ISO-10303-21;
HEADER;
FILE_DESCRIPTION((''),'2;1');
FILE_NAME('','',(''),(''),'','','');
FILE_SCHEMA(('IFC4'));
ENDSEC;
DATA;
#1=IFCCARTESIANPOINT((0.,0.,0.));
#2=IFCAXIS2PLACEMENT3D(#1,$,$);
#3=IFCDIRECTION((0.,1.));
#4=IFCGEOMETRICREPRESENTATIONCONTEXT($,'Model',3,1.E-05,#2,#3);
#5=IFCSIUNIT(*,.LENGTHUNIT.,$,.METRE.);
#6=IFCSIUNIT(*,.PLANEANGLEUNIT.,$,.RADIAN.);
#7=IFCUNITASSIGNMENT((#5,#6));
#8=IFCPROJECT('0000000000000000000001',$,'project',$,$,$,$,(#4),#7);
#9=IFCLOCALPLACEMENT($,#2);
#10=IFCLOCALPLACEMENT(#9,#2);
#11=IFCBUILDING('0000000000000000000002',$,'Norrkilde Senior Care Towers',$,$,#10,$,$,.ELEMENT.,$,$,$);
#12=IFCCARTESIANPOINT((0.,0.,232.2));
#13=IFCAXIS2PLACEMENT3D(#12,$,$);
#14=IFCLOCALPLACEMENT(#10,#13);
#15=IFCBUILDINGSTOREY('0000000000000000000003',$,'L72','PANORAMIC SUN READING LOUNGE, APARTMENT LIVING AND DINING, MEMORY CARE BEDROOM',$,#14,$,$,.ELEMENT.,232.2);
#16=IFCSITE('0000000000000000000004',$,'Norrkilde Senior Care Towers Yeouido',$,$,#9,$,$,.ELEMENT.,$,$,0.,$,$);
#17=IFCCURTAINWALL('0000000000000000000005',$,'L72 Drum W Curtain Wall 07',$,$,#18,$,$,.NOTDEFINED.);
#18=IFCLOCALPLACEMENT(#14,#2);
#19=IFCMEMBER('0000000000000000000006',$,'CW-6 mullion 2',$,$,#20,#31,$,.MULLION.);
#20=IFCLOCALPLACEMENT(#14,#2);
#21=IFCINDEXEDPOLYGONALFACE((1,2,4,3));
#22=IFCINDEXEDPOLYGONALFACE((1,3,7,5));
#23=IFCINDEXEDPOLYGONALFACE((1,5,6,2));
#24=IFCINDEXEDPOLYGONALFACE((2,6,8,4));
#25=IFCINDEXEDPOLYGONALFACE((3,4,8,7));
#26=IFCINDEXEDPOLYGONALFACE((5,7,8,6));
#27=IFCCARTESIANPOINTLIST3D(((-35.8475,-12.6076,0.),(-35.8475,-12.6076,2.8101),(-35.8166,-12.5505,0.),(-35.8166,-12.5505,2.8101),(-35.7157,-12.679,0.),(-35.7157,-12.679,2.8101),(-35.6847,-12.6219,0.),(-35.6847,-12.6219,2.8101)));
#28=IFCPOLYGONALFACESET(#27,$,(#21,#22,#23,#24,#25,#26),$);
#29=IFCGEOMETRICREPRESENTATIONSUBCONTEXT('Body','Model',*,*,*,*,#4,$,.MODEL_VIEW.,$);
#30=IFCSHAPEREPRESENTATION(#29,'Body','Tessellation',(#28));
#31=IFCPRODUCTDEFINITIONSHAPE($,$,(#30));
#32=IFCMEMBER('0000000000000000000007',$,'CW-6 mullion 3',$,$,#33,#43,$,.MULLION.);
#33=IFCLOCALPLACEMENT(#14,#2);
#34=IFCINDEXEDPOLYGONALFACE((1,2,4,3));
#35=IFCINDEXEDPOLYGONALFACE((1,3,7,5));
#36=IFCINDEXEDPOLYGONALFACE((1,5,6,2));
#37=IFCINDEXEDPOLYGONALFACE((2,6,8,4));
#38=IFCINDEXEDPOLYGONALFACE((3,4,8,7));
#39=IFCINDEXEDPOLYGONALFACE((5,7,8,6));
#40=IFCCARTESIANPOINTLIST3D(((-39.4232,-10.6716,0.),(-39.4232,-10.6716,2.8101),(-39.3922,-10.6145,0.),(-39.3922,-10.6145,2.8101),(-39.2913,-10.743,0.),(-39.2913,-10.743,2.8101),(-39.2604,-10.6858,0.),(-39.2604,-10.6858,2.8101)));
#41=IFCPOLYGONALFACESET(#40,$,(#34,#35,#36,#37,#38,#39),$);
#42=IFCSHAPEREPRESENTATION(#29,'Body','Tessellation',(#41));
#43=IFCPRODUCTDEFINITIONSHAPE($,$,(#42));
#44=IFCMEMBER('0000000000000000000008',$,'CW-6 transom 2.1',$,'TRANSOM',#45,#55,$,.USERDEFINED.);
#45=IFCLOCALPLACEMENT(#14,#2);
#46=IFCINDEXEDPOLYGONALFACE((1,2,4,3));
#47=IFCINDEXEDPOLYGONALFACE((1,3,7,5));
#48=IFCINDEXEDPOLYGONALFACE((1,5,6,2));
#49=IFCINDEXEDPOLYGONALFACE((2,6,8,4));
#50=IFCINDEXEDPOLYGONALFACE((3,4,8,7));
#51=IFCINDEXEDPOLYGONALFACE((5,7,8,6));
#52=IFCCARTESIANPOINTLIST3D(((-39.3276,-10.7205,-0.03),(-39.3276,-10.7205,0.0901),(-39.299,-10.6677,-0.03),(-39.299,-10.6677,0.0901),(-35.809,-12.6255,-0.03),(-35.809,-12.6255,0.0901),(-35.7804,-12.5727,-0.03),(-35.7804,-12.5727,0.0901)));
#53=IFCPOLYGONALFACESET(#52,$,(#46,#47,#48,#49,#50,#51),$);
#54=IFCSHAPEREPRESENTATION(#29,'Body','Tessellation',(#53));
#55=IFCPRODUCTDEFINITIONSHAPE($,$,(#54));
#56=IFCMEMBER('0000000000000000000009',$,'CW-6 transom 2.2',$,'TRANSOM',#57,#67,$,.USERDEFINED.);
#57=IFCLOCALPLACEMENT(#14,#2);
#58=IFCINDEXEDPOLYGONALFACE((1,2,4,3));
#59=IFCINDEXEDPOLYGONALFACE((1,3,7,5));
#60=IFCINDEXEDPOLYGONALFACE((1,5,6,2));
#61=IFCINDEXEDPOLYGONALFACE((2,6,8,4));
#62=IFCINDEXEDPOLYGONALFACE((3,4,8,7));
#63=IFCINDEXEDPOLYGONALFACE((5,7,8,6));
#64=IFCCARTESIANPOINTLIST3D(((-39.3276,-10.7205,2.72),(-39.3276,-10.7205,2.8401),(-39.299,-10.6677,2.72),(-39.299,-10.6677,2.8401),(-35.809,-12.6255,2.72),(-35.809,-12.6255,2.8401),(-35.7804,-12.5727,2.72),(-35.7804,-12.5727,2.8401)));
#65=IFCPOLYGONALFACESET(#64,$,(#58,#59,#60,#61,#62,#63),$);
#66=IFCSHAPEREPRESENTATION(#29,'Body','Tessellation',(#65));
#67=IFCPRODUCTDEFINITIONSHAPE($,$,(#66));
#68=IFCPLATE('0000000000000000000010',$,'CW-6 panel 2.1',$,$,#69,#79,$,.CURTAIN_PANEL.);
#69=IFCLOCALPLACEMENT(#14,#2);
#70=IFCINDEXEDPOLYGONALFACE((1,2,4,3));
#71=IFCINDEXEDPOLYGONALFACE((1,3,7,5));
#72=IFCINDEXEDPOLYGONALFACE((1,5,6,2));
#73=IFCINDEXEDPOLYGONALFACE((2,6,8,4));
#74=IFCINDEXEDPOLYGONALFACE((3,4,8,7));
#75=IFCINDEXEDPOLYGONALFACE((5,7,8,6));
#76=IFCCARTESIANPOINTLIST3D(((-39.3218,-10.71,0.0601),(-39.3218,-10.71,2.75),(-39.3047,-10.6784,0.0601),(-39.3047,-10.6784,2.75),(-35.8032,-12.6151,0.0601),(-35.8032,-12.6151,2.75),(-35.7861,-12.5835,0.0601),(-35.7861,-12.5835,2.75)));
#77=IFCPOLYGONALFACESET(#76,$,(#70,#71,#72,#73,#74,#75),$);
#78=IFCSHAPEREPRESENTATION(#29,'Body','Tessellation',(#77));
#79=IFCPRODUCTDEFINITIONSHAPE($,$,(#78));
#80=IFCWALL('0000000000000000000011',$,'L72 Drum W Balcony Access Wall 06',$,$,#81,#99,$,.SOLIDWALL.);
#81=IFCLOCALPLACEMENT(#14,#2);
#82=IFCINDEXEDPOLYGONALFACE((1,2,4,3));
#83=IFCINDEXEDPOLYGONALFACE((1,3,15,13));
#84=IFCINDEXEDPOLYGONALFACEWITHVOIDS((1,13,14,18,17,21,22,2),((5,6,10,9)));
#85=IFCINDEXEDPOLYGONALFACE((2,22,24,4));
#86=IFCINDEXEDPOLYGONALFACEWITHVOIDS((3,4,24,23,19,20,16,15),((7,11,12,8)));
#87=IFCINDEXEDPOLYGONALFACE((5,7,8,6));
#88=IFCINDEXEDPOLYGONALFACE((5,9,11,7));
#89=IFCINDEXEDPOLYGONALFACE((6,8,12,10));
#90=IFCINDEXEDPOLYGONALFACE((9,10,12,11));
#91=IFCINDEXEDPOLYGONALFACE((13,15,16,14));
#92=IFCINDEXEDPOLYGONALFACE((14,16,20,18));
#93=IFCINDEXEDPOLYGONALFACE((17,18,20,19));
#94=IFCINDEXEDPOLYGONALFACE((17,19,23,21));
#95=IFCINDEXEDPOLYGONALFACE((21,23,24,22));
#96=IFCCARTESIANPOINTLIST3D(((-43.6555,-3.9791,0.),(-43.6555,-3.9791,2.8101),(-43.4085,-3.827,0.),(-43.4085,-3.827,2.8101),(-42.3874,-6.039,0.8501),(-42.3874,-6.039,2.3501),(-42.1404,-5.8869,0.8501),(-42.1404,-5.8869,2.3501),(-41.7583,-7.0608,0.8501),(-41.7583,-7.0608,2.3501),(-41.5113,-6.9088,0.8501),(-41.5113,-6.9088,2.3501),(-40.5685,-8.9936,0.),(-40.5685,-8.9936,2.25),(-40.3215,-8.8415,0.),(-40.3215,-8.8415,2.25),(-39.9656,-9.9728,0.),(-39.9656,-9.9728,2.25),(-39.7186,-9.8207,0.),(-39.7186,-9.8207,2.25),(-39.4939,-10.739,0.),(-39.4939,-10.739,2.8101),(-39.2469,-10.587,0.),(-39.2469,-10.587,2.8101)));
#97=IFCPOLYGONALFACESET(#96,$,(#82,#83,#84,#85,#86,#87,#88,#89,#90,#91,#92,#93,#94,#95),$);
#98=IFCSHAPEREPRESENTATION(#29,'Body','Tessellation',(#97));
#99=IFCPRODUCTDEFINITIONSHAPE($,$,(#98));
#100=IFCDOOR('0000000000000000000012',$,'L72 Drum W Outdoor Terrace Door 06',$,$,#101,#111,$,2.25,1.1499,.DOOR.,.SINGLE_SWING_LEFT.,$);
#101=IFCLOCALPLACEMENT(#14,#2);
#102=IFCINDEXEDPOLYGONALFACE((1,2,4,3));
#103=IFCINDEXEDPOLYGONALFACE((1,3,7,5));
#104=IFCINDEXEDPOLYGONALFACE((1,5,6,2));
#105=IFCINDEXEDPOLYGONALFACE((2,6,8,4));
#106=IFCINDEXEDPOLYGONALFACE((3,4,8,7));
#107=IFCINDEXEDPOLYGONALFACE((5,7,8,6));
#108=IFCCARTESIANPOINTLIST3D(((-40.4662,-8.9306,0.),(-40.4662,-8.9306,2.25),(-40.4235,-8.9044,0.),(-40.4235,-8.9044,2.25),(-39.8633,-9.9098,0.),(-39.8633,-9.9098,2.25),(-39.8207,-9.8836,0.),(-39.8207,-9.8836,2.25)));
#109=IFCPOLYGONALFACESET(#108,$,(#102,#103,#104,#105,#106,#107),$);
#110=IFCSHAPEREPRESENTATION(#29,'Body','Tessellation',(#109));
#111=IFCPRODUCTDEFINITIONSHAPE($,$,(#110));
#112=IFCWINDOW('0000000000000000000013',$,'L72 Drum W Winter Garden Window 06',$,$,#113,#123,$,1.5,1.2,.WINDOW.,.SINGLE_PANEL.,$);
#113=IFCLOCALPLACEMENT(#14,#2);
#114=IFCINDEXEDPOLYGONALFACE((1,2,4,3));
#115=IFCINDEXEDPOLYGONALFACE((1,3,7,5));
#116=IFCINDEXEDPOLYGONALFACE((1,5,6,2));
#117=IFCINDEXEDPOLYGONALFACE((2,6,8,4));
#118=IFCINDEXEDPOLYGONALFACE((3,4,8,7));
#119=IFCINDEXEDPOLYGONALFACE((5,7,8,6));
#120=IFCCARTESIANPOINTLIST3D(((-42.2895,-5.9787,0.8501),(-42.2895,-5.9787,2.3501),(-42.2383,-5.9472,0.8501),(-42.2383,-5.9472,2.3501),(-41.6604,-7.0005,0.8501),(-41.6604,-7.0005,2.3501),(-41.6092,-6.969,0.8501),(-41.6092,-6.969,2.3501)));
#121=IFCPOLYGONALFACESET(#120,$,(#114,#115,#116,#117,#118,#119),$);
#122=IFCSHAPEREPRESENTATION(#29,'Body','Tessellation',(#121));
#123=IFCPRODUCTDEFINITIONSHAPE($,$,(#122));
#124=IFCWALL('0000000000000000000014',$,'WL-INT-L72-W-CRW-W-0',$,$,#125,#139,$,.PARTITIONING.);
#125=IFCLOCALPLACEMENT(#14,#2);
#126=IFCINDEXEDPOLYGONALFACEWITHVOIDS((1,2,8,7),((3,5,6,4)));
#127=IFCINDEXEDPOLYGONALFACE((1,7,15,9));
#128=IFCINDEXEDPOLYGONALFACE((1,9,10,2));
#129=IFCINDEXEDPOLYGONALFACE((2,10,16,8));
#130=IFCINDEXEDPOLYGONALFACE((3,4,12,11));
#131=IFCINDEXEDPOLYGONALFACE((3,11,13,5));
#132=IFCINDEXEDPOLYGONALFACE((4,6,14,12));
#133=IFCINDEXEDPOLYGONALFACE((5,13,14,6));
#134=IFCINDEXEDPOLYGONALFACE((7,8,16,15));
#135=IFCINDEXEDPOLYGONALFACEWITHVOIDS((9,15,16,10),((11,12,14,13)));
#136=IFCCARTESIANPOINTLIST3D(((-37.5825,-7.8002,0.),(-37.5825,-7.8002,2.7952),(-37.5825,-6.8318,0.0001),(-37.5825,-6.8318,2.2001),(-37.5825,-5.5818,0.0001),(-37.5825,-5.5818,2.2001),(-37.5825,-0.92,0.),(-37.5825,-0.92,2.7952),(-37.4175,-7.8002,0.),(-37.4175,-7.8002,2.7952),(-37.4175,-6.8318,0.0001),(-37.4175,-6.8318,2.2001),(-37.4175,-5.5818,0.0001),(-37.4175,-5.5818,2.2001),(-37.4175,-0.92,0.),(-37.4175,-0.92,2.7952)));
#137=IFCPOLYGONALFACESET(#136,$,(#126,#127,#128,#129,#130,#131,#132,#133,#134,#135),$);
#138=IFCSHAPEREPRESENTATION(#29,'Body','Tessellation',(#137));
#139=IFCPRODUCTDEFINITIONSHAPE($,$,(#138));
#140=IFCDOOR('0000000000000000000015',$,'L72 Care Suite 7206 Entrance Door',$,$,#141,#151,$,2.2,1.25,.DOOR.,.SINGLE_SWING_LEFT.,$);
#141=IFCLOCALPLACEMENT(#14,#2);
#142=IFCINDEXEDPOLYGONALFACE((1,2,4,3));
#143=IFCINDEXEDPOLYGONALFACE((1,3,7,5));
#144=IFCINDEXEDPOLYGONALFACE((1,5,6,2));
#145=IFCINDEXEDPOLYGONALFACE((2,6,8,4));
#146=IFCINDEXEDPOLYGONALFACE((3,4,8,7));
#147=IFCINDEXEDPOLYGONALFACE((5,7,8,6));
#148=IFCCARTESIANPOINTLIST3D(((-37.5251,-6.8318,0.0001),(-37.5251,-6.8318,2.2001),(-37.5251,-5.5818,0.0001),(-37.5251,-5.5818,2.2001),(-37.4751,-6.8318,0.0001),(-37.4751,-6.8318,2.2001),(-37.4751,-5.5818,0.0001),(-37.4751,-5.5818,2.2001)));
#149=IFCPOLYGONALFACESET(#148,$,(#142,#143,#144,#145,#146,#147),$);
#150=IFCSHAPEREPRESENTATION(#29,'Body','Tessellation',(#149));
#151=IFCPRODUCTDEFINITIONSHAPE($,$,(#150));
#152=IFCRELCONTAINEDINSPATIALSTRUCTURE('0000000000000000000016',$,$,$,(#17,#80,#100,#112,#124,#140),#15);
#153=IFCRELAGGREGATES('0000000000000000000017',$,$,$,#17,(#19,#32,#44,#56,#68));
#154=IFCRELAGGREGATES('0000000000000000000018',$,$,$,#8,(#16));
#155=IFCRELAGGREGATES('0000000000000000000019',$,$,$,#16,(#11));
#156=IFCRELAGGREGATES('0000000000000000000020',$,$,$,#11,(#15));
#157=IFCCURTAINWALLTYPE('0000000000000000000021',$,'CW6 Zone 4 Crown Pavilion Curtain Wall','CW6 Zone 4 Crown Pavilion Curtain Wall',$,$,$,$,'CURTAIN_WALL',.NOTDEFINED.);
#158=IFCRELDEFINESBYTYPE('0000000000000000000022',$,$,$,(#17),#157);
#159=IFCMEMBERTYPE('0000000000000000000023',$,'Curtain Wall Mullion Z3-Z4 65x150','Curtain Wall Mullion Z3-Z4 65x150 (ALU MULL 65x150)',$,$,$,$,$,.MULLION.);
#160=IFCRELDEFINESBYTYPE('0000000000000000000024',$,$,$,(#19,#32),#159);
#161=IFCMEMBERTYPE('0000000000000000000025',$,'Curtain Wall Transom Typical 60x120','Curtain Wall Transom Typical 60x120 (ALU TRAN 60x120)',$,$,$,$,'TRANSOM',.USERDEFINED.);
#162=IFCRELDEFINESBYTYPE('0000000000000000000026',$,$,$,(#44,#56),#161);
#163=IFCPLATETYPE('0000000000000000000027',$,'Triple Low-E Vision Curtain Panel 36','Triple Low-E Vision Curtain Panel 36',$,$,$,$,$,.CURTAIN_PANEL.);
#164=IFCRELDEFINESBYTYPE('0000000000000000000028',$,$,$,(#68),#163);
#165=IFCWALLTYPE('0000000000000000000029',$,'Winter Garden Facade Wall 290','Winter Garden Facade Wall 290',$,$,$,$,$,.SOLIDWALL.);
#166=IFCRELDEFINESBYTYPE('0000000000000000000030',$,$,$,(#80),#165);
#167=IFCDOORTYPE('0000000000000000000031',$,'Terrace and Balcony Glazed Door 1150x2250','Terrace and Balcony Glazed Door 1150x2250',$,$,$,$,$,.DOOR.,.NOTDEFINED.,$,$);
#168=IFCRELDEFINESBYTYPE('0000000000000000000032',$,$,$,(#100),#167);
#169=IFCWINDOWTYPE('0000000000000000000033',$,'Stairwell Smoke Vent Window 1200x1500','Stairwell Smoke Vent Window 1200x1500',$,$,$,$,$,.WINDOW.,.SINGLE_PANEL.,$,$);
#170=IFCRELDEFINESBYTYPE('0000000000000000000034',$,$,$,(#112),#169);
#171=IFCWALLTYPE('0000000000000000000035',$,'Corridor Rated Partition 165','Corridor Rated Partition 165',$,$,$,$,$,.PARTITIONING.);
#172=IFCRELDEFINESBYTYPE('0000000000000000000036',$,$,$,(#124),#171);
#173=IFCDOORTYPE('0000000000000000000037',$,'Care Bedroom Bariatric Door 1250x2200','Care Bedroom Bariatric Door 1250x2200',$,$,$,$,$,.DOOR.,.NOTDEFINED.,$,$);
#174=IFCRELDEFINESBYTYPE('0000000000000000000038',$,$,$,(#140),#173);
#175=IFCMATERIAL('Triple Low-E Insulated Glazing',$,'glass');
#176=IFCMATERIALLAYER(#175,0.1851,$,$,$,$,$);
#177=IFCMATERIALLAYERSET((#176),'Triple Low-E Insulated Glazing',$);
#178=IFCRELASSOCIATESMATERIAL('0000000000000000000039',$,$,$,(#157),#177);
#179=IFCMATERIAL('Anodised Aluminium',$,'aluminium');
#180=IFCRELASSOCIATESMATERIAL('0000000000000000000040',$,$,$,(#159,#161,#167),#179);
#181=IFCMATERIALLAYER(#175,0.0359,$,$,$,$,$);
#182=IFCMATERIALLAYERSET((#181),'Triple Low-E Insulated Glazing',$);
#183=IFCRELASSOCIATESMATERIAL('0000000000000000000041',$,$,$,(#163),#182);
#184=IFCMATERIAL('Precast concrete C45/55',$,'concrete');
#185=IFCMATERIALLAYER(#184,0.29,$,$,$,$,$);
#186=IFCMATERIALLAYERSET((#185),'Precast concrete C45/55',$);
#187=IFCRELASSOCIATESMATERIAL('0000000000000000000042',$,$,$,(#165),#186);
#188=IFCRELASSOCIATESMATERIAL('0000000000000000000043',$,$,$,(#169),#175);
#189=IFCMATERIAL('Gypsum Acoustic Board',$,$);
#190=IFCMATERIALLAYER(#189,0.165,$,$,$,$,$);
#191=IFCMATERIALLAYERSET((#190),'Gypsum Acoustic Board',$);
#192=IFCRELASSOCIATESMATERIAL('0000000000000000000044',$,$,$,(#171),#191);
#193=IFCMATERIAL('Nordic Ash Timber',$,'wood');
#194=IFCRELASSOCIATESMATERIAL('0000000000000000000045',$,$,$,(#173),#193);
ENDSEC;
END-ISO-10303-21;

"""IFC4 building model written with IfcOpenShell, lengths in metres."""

from ifc_helpers import new_model, si_unit, direction, frame, frame_2d, origin, origin_2d, place, context, subcontext, project, spatial, rectangle, extrude, source, transform, mapped, material, layer, layer_set, material_profile, profile_set, type_object, type_shapes, element, fill, aggregate, save


model = new_model("IFC4")

# Units and contexts
model_context = context("Model", 3, precision=1e-05, world=origin(), true_north=direction((0.0, 1.0)))
body_context = subcontext(model_context, "Body", "Model", "MODEL_VIEW")
ifc_project = project(units=[si_unit("LENGTHUNIT", "METRE"), si_unit("PLANEANGLEUNIT", "RADIAN")], contexts=[model_context])

# Site, building, storey
site_placement = place(None, origin())
site = spatial("IfcSite", under=ifc_project, at=site_placement, Name="Norrkilde Senior Care Towers Yeouido", CompositionType="ELEMENT", RefElevation=0.0)
building_placement = place(site_placement, origin())
building = spatial("IfcBuilding", under=site, at=building_placement, Name="Norrkilde Senior Care Towers", CompositionType="ELEMENT")
storey_placement = place(building_placement, frame((0.0, 0.0, 232.2)))
storey = spatial("IfcBuildingStorey", under=building, at=storey_placement, Name="L72", Description="PANORAMIC SUN READING LOUNGE, APARTMENT LIVING AND DINING, MEMORY CARE BEDROOM", CompositionType="ELEMENT", Elevation=232.2)

# Curtain wall, members, plate
ifc_material_1 = material(Name="Triple Low-E Insulated Glazing", Category="glass")
ifc_layer_1 = layer(ifc_material_1, 0.1851)
ifc_layer_set_1 = layer_set([ifc_layer_1], Name="Triple Low-E Insulated Glazing")
curtain_wall_type = type_object("IfcCurtainWallType", Name="CW6 Zone 4 Crown Pavilion Curtain Wall", Description="CW6 Zone 4 Crown Pavilion Curtain Wall", ElementType="CURTAIN_WALL", PredefinedType="NOTDEFINED", material=ifc_layer_set_1)
curtain_wall_placement = place(storey_placement, origin())
curtain_wall = element("IfcCurtainWall", 1, at=curtain_wall_placement, inside=storey, type_object=curtain_wall_type, Name="L72 Drum W Curtain Wall 07", PredefinedType="NOTDEFINED")
ifc_material_2 = material(Name="Anodised Aluminium", Category="aluminium")
ifc_material_profile_1 = material_profile(ifc_material_2, rectangle(XDim=0.0649, YDim=0.1499, at=origin_2d()), Name="ALU MULL 65x150")
ifc_profile_set_1 = profile_set([ifc_material_profile_1], Name="Anodised Aluminium")
member_type_1 = type_object("IfcMemberType", Name="Curtain Wall Mullion Z3-Z4 65x150", Description="Curtain Wall Mullion Z3-Z4 65x150 (ALU MULL 65x150)", PredefinedType="MULLION", material=ifc_profile_set_1)
shared_shape_1 = source(origin(), body_context, "Body", "SweptSolid", [
    extrude(rectangle(XDim=0.0649, YDim=0.1499, at=origin_2d()), origin(), (0.0, 0.0, 1.0), 2.8101),
])
type_shapes(member_type_1, [shared_shape_1])
member_1_placement = place(storey_placement, frame((-35.7661, -12.6147, 0.0), z_axis=(0.0, 0.0, 1.0), x_axis=(-0.476133, -0.879373, 0.0)))
member_1 = element("IfcMember", 2, at=member_1_placement, type_object=member_type_1, Name="CW-6 mullion 2", PredefinedType="MULLION", context=body_context, shape_type="MappedRepresentation", body=[
    mapped(shared_shape_1, transform((0.0, 0.0, 0.0), x_axis=(1.0, 0.0, 0.0), y_axis=(0.0, 1.0, 0.0), z_axis=(0.0, 0.0, 1.0), scale=1.0)),
])
member_2_placement = place(storey_placement, frame((-39.3418, -10.6787, 0.0), z_axis=(0.0, 0.0, 1.0), x_axis=(-0.476133, -0.879373, 0.0)))
member_2 = element("IfcMember", 3, at=member_2_placement, type_object=member_type_1, Name="CW-6 mullion 3", PredefinedType="MULLION", context=body_context, shape_type="MappedRepresentation", body=[
    mapped(shared_shape_1, transform((0.0, 0.0, 0.0), x_axis=(1.0, 0.0, 0.0), y_axis=(0.0, 1.0, 0.0), z_axis=(0.0, 0.0, 1.0), scale=1.0)),
])
ifc_material_profile_2 = material_profile(ifc_material_2, rectangle(XDim=0.0601, YDim=0.1201, at=origin_2d()), Name="ALU TRAN 60x120")
ifc_profile_set_2 = profile_set([ifc_material_profile_2], Name="Anodised Aluminium")
member_type_2 = type_object("IfcMemberType", Name="Curtain Wall Transom Typical 60x120", Description="Curtain Wall Transom Typical 60x120 (ALU TRAN 60x120)", ElementType="TRANSOM", PredefinedType="USERDEFINED", material=ifc_profile_set_2)
shared_shape_2 = source(origin(), body_context, "Body", "SweptSolid", [
    extrude(rectangle(XDim=0.0601, YDim=0.1201, at=origin_2d()), origin(), (0.0, 0.0, 1.0), 4.0012),
])
type_shapes(member_type_2, [shared_shape_2])
member_3_placement = place(storey_placement, frame((-35.7947, -12.5991, 0.03), z_axis=(-0.879381, 0.476118, 0.0), x_axis=(-0.476118, -0.879381, 0.0)))
member_3 = element("IfcMember", 4, at=member_3_placement, type_object=member_type_2, Name="CW-6 transom 2.1", ObjectType="TRANSOM", PredefinedType="USERDEFINED", context=body_context, shape_type="MappedRepresentation", body=[
    mapped(shared_shape_2, transform((0.0, 0.0, 0.0), x_axis=(1.0, 0.0, 0.0), y_axis=(0.0, 1.0, 0.0), z_axis=(0.0, 0.0, 1.0), scale=1.0)),
])
member_4_placement = place(storey_placement, frame((-35.7947, -12.5991, 2.78), z_axis=(-0.879381, 0.476118, 0.0), x_axis=(-0.476118, -0.879381, 0.0)))
member_4 = element("IfcMember", 5, at=member_4_placement, type_object=member_type_2, Name="CW-6 transom 2.2", ObjectType="TRANSOM", PredefinedType="USERDEFINED", context=body_context, shape_type="MappedRepresentation", body=[
    mapped(shared_shape_2, transform((0.0, 0.0, 0.0), x_axis=(1.0, 0.0, 0.0), y_axis=(0.0, 1.0, 0.0), z_axis=(0.0, 0.0, 1.0), scale=1.0)),
])
ifc_layer_2 = layer(ifc_material_1, 0.0359)
ifc_layer_set_2 = layer_set([ifc_layer_2], Name="Triple Low-E Insulated Glazing")
plate_type = type_object("IfcPlateType", Name="Triple Low-E Vision Curtain Panel 36", Description="Triple Low-E Vision Curtain Panel 36", PredefinedType="CURTAIN_PANEL", material=ifc_layer_set_2)
shared_shape_3 = source(origin(), body_context, "Body", "SweptSolid", [
    extrude(rectangle(XDim=4.0012, YDim=0.0359, at=origin_2d()), origin(), (0.0, 0.0, 1.0), 2.6899),
])
type_shapes(plate_type, [shared_shape_3])
plate_placement = place(storey_placement, frame((-37.554, -11.6467, 0.0601), z_axis=(0.0, 0.0, 1.0), x_axis=(-0.879373, 0.476133, 0.0)))
plate = element("IfcPlate", 6, at=plate_placement, type_object=plate_type, Name="CW-6 panel 2.1", PredefinedType="CURTAIN_PANEL", context=body_context, shape_type="MappedRepresentation", body=[
    mapped(shared_shape_3, transform((0.0, 0.0, 0.0), x_axis=(1.0, 0.0, 0.0), y_axis=(0.0, 1.0, 0.0), z_axis=(0.0, 0.0, 1.0), scale=1.0)),
])
aggregate(curtain_wall, [member_1, member_2, member_3, member_4, plate])

# Wall, openings, door, window
ifc_material_3 = material(Name="Precast concrete C45/55", Category="concrete")
ifc_layer_3 = layer(ifc_material_3, 0.29)
ifc_layer_set_3 = layer_set([ifc_layer_3], Name="Precast concrete C45/55")
wall_type_1 = type_object("IfcWallType", Name="Winter Garden Facade Wall 290", Description="Winter Garden Facade Wall 290", PredefinedType="SOLIDWALL", material=ifc_layer_set_3)
shared_shape_4 = source(origin(), body_context, "Body", "SweptSolid", [
    extrude(rectangle(XDim=7.9382, YDim=0.29, at=frame_2d((3.9692, 0.0))), origin(), (0.0, 0.0, 1.0), 2.8101),
])
type_shapes(wall_type_1, [shared_shape_4])
wall_1_placement = place(storey_placement, frame((-39.3704, -10.6631, 0.0), z_axis=(0.0, 0.0, 1.0), x_axis=(-0.524245, 0.851567, 0.0)))
wall_1 = element("IfcWall", 7, at=wall_1_placement, inside=storey, type_object=wall_type_1, Name="L72 Drum W Balcony Access Wall 06", PredefinedType="SOLIDWALL", context=body_context, shape_type="MappedRepresentation", body=[
    mapped(shared_shape_4, transform((0.0, 0.0, 0.0), x_axis=(1.0, 0.0, 0.0), y_axis=(0.0, 1.0, 0.0), z_axis=(0.0, 0.0, 1.0), scale=1.0)),
])
opening_1_placement = place(wall_1_placement, frame((0.8999, 0.0, 0.0)))
opening_1 = element("IfcOpeningElement", 8, at=opening_1_placement, cuts=wall_1, PredefinedType="OPENING", context=body_context, shape_type="SweptSolid", body=[
    extrude(rectangle(XDim=1.1499, YDim=2.25, at=frame_2d((0.575, 1.125))), frame((0.0, 0.155, 0.0), z_axis=(0.0, -1.0, 0.0), x_axis=(1.0, 0.0, 0.0)), (0.0, 0.0, 1.0), 0.3101),
])
opening_2_placement = place(wall_1_placement, frame((4.3193, 0.0, 0.8501)))
opening_2 = element("IfcOpeningElement", 9, at=opening_2_placement, cuts=wall_1, PredefinedType="OPENING", context=body_context, shape_type="SweptSolid", body=[
    extrude(rectangle(XDim=1.2, YDim=1.5, at=frame_2d((0.6001, 0.75))), frame((0.0, 0.155, 0.0), z_axis=(0.0, -1.0, 0.0), x_axis=(1.0, 0.0, 0.0)), (0.0, 0.0, 1.0), 0.3101),
])
door_type_1 = type_object("IfcDoorType", Name="Terrace and Balcony Glazed Door 1150x2250", Description="Terrace and Balcony Glazed Door 1150x2250", OperationType="NOTDEFINED", PredefinedType="DOOR", material=ifc_material_2)
shared_shape_5 = source(origin(), body_context, "Body", "SweptSolid", [
    extrude(rectangle(XDim=1.1499, YDim=2.25, at=frame_2d((0.575, 1.125))), frame((0.0, 0.0249, 0.0), z_axis=(0.0, -1.0, 0.0), x_axis=(1.0, 0.0, 0.0)), (0.0, 0.0, 1.0), 0.05),
])
type_shapes(door_type_1, [shared_shape_5])
door_1_placement = place(opening_1_placement, origin())
door_1 = element("IfcDoor", 10, at=door_1_placement, inside=storey, type_object=door_type_1, Name="L72 Drum W Outdoor Terrace Door 06", OperationType="SINGLE_SWING_LEFT", OverallHeight=2.25, OverallWidth=1.1499, PredefinedType="DOOR", context=body_context, shape_type="MappedRepresentation", body=[
    mapped(shared_shape_5, transform((0.0, 0.0, 0.0), x_axis=(1.0, 0.0, 0.0), y_axis=(0.0, 1.0, 0.0), z_axis=(0.0, 0.0, 1.0), scale=1.0)),
])
fill(opening_1, door_1)
window_type = type_object("IfcWindowType", Name="Stairwell Smoke Vent Window 1200x1500", Description="Stairwell Smoke Vent Window 1200x1500", PartitioningType="SINGLE_PANEL", PredefinedType="WINDOW", material=ifc_material_1)
shared_shape_6 = source(origin(), body_context, "Body", "SweptSolid", [
    extrude(rectangle(XDim=1.2, YDim=1.5, at=frame_2d((0.6001, 0.75))), frame((0.0, 0.03, 0.0), z_axis=(0.0, -1.0, 0.0), x_axis=(1.0, 0.0, 0.0)), (0.0, 0.0, 1.0), 0.0601),
])
type_shapes(window_type, [shared_shape_6])
window_placement = place(opening_2_placement, origin())
window = element("IfcWindow", 11, at=window_placement, inside=storey, type_object=window_type, Name="L72 Drum W Winter Garden Window 06", OverallHeight=1.5, OverallWidth=1.2, PartitioningType="SINGLE_PANEL", PredefinedType="WINDOW", context=body_context, shape_type="MappedRepresentation", body=[
    mapped(shared_shape_6, transform((0.0, 0.0, 0.0), x_axis=(1.0, 0.0, 0.0), y_axis=(0.0, 1.0, 0.0), z_axis=(0.0, 0.0, 1.0), scale=1.0)),
])
fill(opening_2, window)

# Wall, opening, door
ifc_material_4 = material(Name="Gypsum Acoustic Board")
ifc_layer_4 = layer(ifc_material_4, 0.165)
ifc_layer_set_4 = layer_set([ifc_layer_4], Name="Gypsum Acoustic Board")
wall_type_2 = type_object("IfcWallType", Name="Corridor Rated Partition 165", Description="Corridor Rated Partition 165", PredefinedType="PARTITIONING", material=ifc_layer_set_4)
shared_shape_7 = source(origin(), body_context, "Body", "SweptSolid", [
    extrude(rectangle(XDim=6.8801, YDim=0.165, at=frame_2d((3.4399, 0.0))), origin(), (0.0, 0.0, 1.0), 2.7952),
])
type_shapes(wall_type_2, [shared_shape_7])
wall_2_placement = place(storey_placement, frame((-37.5, -7.8, 0.0), z_axis=(0.0, 0.0, 1.0), x_axis=(0.0, 1.0, 0.0)))
wall_2 = element("IfcWall", 12, at=wall_2_placement, inside=storey, type_object=wall_type_2, Name="WL-INT-L72-W-CRW-W-0", PredefinedType="PARTITIONING", context=body_context, shape_type="MappedRepresentation", body=[
    mapped(shared_shape_7, transform((0.0, 0.0, 0.0), x_axis=(1.0, 0.0, 0.0), y_axis=(0.0, 1.0, 0.0), z_axis=(0.0, 0.0, 1.0), scale=1.0)),
])
opening_3_placement = place(wall_2_placement, frame((0.9683, 0.0, 0.0)))
opening_3 = element("IfcOpeningElement", 13, at=opening_3_placement, cuts=wall_2, PredefinedType="OPENING", context=body_context, shape_type="SweptSolid", body=[
    extrude(rectangle(XDim=1.25, YDim=2.2, at=frame_2d((0.625, 1.1001))), frame((0.0, 0.0925, 0.0), z_axis=(0.0, -1.0, 0.0), x_axis=(1.0, 0.0, 0.0)), (0.0, 0.0, 1.0), 0.1851),
])
ifc_material_5 = material(Name="Nordic Ash Timber", Category="wood")
door_type_2 = type_object("IfcDoorType", Name="Care Bedroom Bariatric Door 1250x2200", Description="Care Bedroom Bariatric Door 1250x2200", OperationType="NOTDEFINED", PredefinedType="DOOR", material=ifc_material_5)
shared_shape_8 = source(origin(), body_context, "Body", "SweptSolid", [
    extrude(rectangle(XDim=1.25, YDim=2.2, at=frame_2d((0.625, 1.1001))), frame((0.0, 0.0249, 0.0), z_axis=(0.0, -1.0, 0.0), x_axis=(1.0, 0.0, 0.0)), (0.0, 0.0, 1.0), 0.05),
])
type_shapes(door_type_2, [shared_shape_8])
door_2_placement = place(opening_3_placement, frame((1.25, 0.0, 0.0), z_axis=(0.0, 0.0, 1.0), x_axis=(-1.0, 0.0, 0.0)))
door_2 = element("IfcDoor", 14, at=door_2_placement, inside=storey, type_object=door_type_2, Name="L72 Care Suite 7206 Entrance Door", OperationType="SINGLE_SWING_LEFT", OverallHeight=2.2, OverallWidth=1.25, PredefinedType="DOOR", context=body_context, shape_type="MappedRepresentation", body=[
    mapped(shared_shape_8, transform((0.0, 0.0, 0.0), x_axis=(1.0, 0.0, 0.0), y_axis=(0.0, 1.0, 0.0), z_axis=(0.0, 0.0, 1.0), scale=1.0)),
])
fill(opening_3, door_2)

save(model, "model.ifc")
